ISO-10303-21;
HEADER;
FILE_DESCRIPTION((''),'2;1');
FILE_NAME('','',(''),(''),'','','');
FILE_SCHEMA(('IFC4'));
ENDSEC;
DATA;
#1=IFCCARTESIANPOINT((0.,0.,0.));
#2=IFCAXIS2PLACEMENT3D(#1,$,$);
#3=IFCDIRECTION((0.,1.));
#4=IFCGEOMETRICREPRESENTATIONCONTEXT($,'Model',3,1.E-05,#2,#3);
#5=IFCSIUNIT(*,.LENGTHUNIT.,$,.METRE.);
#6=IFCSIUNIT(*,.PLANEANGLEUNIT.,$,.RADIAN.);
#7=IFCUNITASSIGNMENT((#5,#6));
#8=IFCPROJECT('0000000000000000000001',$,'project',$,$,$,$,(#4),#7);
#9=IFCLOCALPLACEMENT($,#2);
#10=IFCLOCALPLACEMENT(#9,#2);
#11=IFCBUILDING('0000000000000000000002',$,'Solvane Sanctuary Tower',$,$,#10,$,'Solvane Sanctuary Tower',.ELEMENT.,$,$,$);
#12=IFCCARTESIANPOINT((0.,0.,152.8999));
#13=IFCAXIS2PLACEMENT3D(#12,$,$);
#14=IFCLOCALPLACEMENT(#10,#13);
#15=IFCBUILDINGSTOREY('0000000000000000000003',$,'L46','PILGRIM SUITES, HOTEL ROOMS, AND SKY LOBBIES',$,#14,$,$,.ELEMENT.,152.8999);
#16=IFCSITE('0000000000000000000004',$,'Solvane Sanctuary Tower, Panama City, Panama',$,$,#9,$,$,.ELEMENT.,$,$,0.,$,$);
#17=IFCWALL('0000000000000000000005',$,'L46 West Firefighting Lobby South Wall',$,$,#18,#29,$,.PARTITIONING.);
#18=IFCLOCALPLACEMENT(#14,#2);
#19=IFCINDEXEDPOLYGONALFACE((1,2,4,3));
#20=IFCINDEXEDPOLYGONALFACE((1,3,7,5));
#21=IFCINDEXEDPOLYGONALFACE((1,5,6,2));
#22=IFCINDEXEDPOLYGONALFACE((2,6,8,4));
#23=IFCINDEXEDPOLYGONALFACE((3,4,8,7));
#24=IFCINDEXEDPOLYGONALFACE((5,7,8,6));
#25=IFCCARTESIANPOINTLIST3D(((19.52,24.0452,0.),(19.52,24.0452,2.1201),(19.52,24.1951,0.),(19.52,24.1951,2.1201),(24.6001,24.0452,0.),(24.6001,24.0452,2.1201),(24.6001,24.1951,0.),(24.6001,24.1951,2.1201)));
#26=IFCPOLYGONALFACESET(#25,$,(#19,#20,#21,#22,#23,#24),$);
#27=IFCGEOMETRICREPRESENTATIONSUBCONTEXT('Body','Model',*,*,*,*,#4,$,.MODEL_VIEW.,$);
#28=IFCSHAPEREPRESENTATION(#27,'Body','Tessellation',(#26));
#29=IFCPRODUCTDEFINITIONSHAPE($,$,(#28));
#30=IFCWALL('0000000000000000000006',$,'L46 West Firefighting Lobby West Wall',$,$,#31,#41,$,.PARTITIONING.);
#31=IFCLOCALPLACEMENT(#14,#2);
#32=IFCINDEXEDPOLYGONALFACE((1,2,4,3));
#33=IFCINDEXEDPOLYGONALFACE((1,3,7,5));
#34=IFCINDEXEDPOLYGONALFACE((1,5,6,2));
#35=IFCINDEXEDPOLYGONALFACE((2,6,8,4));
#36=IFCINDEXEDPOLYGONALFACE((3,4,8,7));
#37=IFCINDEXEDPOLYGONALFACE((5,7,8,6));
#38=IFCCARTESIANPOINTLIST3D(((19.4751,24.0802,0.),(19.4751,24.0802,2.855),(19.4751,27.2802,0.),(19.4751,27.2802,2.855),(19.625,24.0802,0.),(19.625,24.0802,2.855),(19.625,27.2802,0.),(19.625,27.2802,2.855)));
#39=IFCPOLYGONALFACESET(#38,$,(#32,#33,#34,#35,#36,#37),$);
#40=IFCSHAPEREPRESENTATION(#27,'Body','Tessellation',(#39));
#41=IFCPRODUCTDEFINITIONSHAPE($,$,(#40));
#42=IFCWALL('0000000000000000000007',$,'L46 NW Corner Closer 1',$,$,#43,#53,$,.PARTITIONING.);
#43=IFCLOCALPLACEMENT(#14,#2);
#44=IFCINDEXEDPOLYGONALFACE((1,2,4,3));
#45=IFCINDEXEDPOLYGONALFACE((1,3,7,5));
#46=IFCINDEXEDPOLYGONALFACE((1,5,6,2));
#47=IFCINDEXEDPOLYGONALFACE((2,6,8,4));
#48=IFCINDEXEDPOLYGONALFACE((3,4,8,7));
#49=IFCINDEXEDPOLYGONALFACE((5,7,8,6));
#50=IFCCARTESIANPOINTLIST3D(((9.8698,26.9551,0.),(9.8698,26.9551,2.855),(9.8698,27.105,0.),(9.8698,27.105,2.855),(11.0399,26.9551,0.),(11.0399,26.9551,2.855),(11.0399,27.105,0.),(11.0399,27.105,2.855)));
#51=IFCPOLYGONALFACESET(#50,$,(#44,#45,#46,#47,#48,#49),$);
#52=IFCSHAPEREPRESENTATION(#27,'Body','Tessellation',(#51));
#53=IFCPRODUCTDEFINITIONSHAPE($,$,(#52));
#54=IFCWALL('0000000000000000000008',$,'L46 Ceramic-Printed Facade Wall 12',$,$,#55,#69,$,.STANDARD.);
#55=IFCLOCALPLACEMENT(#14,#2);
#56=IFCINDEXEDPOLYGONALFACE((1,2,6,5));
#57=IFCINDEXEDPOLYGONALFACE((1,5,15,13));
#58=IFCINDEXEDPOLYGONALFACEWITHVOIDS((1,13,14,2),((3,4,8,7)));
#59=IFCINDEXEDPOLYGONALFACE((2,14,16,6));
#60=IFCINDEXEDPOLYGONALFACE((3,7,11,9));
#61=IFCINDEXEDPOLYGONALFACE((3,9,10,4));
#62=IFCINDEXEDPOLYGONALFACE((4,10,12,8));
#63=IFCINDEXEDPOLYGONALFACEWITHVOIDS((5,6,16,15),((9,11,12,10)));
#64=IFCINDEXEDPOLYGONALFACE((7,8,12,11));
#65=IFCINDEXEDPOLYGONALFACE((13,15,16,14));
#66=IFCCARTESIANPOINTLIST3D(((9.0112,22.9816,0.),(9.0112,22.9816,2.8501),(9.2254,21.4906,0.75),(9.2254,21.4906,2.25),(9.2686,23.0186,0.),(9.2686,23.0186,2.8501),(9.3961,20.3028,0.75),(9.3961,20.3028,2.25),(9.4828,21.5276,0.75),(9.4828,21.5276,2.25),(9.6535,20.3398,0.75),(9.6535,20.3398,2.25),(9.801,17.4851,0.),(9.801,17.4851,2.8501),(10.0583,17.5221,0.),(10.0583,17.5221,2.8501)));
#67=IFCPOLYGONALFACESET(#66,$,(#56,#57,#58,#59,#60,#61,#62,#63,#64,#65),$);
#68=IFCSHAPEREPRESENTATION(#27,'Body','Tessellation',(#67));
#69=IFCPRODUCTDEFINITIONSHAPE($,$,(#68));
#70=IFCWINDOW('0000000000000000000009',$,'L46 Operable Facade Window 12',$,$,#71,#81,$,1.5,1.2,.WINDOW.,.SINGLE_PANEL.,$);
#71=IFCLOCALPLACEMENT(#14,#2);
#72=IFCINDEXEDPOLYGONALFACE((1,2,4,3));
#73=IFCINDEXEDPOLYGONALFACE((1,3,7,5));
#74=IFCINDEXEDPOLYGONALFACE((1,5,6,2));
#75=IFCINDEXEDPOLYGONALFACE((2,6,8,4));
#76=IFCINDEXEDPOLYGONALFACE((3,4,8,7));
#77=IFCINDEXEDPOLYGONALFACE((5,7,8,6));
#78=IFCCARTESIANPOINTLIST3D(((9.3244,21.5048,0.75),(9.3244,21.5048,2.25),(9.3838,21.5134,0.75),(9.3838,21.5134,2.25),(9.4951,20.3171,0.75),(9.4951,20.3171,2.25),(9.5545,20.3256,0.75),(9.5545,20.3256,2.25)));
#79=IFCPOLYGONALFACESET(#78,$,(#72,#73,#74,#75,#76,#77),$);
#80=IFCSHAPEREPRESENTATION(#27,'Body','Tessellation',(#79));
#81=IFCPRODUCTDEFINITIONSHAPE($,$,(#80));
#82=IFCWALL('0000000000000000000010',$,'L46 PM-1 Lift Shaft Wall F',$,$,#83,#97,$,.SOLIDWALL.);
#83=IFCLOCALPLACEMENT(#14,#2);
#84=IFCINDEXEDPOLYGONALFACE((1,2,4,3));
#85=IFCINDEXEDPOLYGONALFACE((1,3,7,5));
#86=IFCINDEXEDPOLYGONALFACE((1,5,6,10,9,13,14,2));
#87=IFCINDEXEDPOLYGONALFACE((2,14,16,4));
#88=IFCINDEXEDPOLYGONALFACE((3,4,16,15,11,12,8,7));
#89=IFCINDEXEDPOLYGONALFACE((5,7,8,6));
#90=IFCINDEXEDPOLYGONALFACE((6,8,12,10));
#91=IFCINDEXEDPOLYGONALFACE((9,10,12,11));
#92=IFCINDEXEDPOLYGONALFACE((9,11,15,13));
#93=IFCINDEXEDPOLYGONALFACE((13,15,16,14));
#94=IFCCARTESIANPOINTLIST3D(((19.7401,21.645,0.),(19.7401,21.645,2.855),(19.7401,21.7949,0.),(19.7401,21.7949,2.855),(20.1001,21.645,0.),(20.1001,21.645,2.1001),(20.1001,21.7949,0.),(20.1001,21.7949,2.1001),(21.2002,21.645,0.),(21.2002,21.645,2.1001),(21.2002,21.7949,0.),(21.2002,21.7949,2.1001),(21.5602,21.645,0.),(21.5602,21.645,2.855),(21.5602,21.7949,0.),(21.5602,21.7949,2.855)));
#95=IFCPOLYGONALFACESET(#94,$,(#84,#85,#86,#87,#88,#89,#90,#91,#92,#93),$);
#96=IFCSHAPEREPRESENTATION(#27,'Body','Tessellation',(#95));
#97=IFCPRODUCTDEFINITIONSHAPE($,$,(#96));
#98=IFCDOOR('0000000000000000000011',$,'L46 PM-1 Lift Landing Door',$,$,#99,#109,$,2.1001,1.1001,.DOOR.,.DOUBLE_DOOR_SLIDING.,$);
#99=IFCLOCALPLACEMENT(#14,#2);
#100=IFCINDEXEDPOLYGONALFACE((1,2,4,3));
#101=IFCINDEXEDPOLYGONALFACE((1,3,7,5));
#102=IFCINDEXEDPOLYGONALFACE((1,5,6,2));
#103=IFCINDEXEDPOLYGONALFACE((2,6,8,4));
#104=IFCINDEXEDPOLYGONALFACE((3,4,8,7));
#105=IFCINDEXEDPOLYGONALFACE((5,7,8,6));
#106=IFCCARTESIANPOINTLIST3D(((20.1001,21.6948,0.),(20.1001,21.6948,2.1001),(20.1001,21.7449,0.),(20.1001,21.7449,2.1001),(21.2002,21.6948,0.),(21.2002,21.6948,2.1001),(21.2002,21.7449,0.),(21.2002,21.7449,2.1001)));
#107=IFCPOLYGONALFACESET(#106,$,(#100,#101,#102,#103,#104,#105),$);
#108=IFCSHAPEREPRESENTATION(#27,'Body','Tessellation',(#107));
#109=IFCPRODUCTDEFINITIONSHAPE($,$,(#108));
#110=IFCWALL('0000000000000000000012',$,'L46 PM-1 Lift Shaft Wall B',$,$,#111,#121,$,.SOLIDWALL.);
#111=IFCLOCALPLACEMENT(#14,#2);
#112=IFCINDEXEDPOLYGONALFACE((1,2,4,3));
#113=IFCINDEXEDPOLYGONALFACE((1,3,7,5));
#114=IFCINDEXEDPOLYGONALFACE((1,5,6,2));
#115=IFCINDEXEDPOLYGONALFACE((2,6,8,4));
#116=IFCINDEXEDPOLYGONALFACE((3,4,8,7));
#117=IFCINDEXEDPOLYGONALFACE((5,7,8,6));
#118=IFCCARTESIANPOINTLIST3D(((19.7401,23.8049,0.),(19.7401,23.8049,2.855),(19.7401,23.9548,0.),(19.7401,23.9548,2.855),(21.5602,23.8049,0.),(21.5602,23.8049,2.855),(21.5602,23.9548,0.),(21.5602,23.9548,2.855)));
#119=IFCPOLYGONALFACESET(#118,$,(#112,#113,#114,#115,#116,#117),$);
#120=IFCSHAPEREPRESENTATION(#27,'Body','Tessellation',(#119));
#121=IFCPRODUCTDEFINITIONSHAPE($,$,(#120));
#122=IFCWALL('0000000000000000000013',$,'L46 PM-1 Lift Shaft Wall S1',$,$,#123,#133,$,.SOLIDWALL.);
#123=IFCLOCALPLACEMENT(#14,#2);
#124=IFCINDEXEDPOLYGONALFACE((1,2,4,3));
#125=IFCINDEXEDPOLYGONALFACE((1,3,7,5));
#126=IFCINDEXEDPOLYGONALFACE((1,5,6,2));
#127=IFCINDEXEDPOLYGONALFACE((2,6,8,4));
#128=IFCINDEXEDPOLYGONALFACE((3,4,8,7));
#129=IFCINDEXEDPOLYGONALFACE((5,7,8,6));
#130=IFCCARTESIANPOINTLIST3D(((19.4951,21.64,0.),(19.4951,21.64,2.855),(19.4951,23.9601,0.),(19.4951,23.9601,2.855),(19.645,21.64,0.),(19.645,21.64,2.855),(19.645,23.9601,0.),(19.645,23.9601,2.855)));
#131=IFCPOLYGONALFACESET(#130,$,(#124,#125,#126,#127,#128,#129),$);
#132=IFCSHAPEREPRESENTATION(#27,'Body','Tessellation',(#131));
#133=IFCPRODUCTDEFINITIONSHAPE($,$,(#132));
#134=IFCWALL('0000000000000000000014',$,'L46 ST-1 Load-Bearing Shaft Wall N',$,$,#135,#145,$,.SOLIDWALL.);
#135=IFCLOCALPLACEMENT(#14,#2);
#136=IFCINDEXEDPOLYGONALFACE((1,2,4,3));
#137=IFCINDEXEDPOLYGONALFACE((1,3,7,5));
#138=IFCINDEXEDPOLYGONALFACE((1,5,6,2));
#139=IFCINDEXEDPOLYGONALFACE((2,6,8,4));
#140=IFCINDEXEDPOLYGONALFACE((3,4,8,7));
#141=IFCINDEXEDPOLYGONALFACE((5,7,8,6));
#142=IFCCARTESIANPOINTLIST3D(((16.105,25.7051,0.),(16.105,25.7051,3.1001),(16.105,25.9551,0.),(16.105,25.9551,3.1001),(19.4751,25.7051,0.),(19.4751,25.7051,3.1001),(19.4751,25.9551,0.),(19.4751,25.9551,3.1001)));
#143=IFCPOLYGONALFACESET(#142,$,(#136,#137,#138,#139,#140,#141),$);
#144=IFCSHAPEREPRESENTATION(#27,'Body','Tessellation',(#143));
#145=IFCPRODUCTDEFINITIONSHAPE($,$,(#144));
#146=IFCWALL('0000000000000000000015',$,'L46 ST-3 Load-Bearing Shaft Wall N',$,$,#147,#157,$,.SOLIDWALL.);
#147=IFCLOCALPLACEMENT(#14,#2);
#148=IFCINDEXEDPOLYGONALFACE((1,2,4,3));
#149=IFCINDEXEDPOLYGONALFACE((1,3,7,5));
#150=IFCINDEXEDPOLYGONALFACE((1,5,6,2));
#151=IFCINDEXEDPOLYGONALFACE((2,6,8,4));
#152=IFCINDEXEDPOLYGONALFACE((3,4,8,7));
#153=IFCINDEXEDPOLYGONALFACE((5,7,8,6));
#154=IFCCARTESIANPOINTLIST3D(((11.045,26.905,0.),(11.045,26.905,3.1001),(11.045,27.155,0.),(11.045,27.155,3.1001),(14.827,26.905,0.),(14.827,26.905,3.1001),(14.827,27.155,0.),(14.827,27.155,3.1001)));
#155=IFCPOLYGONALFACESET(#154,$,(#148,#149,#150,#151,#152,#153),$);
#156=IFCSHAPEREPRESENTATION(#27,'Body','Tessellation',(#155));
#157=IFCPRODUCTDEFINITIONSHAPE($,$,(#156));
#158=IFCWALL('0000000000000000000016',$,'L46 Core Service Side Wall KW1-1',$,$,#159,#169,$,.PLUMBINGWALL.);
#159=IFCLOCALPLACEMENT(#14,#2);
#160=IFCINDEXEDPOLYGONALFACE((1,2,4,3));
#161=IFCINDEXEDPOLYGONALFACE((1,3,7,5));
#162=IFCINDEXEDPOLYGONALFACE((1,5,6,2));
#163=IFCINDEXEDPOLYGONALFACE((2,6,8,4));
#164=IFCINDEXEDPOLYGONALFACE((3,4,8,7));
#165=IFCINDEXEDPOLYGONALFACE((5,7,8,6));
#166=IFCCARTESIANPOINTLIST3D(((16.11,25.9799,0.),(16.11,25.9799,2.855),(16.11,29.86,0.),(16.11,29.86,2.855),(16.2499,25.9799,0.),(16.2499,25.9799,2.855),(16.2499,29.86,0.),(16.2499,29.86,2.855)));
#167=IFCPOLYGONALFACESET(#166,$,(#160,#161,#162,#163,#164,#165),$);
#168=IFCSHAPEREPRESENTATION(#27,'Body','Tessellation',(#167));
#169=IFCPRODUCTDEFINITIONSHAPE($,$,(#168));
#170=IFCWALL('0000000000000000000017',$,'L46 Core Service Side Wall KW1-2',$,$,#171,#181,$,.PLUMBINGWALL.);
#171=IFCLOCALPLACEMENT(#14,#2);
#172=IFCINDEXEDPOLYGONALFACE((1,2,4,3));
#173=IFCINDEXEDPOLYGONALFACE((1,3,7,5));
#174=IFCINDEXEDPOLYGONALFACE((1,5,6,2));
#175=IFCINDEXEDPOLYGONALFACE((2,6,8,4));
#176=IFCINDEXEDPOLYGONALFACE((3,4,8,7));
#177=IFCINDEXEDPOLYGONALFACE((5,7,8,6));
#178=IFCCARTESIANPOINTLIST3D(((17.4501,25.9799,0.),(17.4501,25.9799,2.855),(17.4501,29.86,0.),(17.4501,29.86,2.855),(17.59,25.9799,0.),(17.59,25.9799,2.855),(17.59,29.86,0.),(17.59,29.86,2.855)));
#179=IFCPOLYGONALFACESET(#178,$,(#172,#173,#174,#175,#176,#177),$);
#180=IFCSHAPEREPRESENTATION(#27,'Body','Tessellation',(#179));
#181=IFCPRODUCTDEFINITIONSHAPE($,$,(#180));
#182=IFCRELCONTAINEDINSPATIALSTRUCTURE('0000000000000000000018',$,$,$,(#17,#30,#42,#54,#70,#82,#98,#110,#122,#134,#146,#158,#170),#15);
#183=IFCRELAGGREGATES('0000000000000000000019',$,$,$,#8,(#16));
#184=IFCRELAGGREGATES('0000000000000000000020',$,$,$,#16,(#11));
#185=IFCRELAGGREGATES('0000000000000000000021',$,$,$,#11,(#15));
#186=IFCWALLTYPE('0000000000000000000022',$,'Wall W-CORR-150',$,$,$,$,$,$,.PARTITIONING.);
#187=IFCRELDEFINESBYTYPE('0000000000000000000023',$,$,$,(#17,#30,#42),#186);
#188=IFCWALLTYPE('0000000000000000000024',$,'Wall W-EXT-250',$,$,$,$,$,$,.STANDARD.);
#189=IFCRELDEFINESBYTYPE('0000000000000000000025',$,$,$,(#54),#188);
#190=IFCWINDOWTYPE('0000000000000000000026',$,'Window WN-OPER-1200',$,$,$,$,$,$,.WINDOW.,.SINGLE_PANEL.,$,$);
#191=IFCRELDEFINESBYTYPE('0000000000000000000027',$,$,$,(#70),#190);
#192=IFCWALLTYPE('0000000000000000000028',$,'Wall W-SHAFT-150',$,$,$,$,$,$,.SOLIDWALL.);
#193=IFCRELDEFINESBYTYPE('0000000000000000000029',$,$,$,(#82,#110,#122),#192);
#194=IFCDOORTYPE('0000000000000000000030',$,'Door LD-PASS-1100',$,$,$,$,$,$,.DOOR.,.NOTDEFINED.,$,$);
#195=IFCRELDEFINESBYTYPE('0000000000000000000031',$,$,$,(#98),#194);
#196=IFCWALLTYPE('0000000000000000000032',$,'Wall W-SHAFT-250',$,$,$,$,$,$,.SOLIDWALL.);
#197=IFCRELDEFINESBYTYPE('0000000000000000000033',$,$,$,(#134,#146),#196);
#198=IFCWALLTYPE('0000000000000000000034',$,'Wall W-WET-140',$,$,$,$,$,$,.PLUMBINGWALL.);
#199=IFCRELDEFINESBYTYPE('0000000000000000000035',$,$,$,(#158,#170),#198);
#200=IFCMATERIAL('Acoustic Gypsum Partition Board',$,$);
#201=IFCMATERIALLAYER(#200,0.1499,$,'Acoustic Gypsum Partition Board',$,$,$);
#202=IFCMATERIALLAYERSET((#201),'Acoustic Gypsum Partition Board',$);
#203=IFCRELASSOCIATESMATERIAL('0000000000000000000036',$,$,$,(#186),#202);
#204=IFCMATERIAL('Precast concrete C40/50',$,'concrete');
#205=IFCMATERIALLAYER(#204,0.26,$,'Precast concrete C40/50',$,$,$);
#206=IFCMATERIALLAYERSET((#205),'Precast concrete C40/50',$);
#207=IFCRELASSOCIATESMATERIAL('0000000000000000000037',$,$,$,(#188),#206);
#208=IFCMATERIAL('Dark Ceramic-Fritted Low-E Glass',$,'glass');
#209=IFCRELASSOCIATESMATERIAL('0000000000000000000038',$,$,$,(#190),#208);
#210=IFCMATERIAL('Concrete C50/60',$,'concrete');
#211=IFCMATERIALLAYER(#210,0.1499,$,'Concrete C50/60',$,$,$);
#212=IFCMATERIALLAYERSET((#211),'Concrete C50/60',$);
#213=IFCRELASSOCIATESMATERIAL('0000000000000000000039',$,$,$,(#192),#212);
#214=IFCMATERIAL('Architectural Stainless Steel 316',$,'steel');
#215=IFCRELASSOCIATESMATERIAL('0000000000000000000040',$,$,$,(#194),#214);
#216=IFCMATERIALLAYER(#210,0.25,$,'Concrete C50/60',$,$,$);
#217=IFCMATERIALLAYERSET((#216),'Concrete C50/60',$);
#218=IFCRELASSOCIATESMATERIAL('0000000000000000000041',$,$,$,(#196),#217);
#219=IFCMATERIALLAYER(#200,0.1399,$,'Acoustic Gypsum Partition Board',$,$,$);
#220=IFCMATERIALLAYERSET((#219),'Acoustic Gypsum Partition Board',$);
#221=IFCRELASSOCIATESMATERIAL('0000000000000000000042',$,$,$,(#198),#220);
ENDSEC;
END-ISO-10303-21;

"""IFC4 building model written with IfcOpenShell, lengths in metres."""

from ifc_helpers import new_model, si_unit, direction, frame, frame_2d, origin, place, context, subcontext, project, spatial, rectangle, extrude, material, layer, layer_set, type_object, element, fill, save


model = new_model("IFC4")

# Units and contexts
model_context = context("Model", 3, precision=1e-05, world=origin(), true_north=direction((0.0, 1.0)))
body_context = subcontext(model_context, "Body", "Model", "MODEL_VIEW")
ifc_project = project(units=[si_unit("LENGTHUNIT", "METRE"), si_unit("PLANEANGLEUNIT", "RADIAN")], contexts=[model_context])

# Site, building, storey
site_placement = place(None, origin())
site = spatial("IfcSite", under=ifc_project, at=site_placement, Name="Solvane Sanctuary Tower, Panama City, Panama", CompositionType="ELEMENT", RefElevation=0.0)
building_placement = place(site_placement, origin())
building = spatial("IfcBuilding", under=site, at=building_placement, Name="Solvane Sanctuary Tower", LongName="Solvane Sanctuary Tower", CompositionType="ELEMENT")
storey_placement = place(building_placement, frame((0.0, 0.0, 152.8999)))
storey = spatial("IfcBuildingStorey", under=building, at=storey_placement, Name="L46", Description="PILGRIM SUITES, HOTEL ROOMS, AND SKY LOBBIES", CompositionType="ELEMENT", Elevation=152.8999)

# Walls
ifc_material_1 = material(Name="Acoustic Gypsum Partition Board")
ifc_layer_1 = layer(ifc_material_1, 0.1499, Name="Acoustic Gypsum Partition Board")
ifc_layer_set_1 = layer_set([ifc_layer_1], Name="Acoustic Gypsum Partition Board")
wall_type_1 = type_object("IfcWallType", Name="Wall W-CORR-150", PredefinedType="PARTITIONING", material=ifc_layer_set_1)
wall_1_placement = place(storey_placement, frame((19.52, 24.1201, 0.0), z_axis=(0.0, 0.0, 1.0), x_axis=(1.0, 0.0, 0.0)))
element("IfcWall", 1, at=wall_1_placement, inside=storey, type_object=wall_type_1, Name="L46 West Firefighting Lobby South Wall", PredefinedType="PARTITIONING", context=body_context, shape_type="SweptSolid", body=[
    extrude(rectangle(XDim=5.0801, YDim=0.1499, at=frame_2d((2.54, 0.0))), origin(), (0.0, 0.0, 1.0), 2.1201),
])
wall_2_placement = place(storey_placement, frame((19.55, 24.0801, 0.0), z_axis=(0.0, 0.0, 1.0), x_axis=(0.0, 1.0, 0.0)))
element("IfcWall", 2, at=wall_2_placement, inside=storey, type_object=wall_type_1, Name="L46 West Firefighting Lobby West Wall", PredefinedType="PARTITIONING", context=body_context, shape_type="SweptSolid", body=[
    extrude(rectangle(XDim=3.2, YDim=0.1499, at=frame_2d((1.6001, 0.0))), origin(), (0.0, 0.0, 1.0), 2.855),
])
wall_3_placement = place(storey_placement, frame((9.8699, 27.03, 0.0), z_axis=(0.0, 0.0, 1.0), x_axis=(1.0, 0.0, 0.0)))
element("IfcWall", 3, at=wall_3_placement, inside=storey, type_object=wall_type_1, Name="L46 NW Corner Closer 1", PredefinedType="PARTITIONING", context=body_context, shape_type="SweptSolid", body=[
    extrude(rectangle(XDim=1.1702, YDim=0.1499, at=frame_2d((0.585, 0.0))), origin(), (0.0, 0.0, 1.0), 2.855),
])

# Wall, opening, window
ifc_material_2 = material(Name="Precast concrete C40/50", Category="concrete")
ifc_layer_2 = layer(ifc_material_2, 0.26, Name="Precast concrete C40/50")
ifc_layer_set_2 = layer_set([ifc_layer_2], Name="Precast concrete C40/50")
wall_type_2 = type_object("IfcWallType", Name="Wall W-EXT-250", PredefinedType="STANDARD", material=ifc_layer_set_2)
wall_4_placement = place(storey_placement, frame((9.1399, 23.0, 0.0), z_axis=(0.0, 0.0, 1.0), x_axis=(0.142228, -0.989834, 0.0)))
wall_4 = element("IfcWall", 4, at=wall_4_placement, inside=storey, type_object=wall_type_2, Name="L46 Ceramic-Printed Facade Wall 12", PredefinedType="STANDARD", context=body_context, shape_type="SweptSolid", body=[
    extrude(rectangle(XDim=5.553, YDim=0.26, at=frame_2d((2.7764, 0.0))), origin(), (0.0, 0.0, 1.0), 2.8501),
])
opening_1_placement = place(wall_4_placement, frame((1.5061, 0.0, 0.75)))
opening_1 = element("IfcOpeningElement", 5, at=opening_1_placement, cuts=wall_4, PredefinedType="OPENING", context=body_context, shape_type="SweptSolid", body=[
    extrude(rectangle(XDim=1.2, YDim=1.5, at=frame_2d((0.6001, 0.75))), frame((0.0, 0.1399, 0.0), z_axis=(0.0, -1.0, 0.0), x_axis=(1.0, 0.0, 0.0)), (0.0, 0.0, 1.0), 0.28),
])
ifc_material_3 = material(Name="Dark Ceramic-Fritted Low-E Glass", Category="glass")
window_type = type_object("IfcWindowType", Name="Window WN-OPER-1200", PartitioningType="SINGLE_PANEL", PredefinedType="WINDOW", material=ifc_material_3)
window_placement = place(opening_1_placement, origin())
window = element("IfcWindow", 6, at=window_placement, inside=storey, type_object=window_type, Name="L46 Operable Facade Window 12", OverallHeight=1.5, OverallWidth=1.2, PartitioningType="SINGLE_PANEL", PredefinedType="WINDOW", context=body_context, shape_type="SweptSolid", body=[
    extrude(rectangle(XDim=1.2, YDim=1.5, at=frame_2d((0.6001, 0.75))), frame((0.0, 0.03, 0.0), z_axis=(0.0, -1.0, 0.0), x_axis=(1.0, 0.0, 0.0)), (0.0, 0.0, 1.0), 0.0601),
])
fill(opening_1, window)

# Wall, opening, door
ifc_material_4 = material(Name="Concrete C50/60", Category="concrete")
ifc_layer_3 = layer(ifc_material_4, 0.1499, Name="Concrete C50/60")
ifc_layer_set_3 = layer_set([ifc_layer_3], Name="Concrete C50/60")
wall_type_3 = type_object("IfcWallType", Name="Wall W-SHAFT-150", PredefinedType="SOLIDWALL", material=ifc_layer_set_3)
wall_5_placement = place(storey_placement, frame((19.74, 21.72, 0.0), z_axis=(0.0, 0.0, 1.0), x_axis=(1.0, 0.0, 0.0)))
wall_5 = element("IfcWall", 7, at=wall_5_placement, inside=storey, type_object=wall_type_3, Name="L46 PM-1 Lift Shaft Wall F", PredefinedType="SOLIDWALL", context=body_context, shape_type="SweptSolid", body=[
    extrude(rectangle(XDim=1.8201, YDim=0.1499, at=frame_2d((0.9102, 0.0))), origin(), (0.0, 0.0, 1.0), 2.855),
])
opening_2_placement = place(wall_5_placement, frame((0.3601, 0.0, 0.0)))
opening_2 = element("IfcOpeningElement", 8, at=opening_2_placement, cuts=wall_5, PredefinedType="OPENING", context=body_context, shape_type="SweptSolid", body=[
    extrude(rectangle(XDim=1.1001, YDim=2.1001, at=frame_2d((0.55, 1.05))), frame((0.0, 0.085, 0.0), z_axis=(0.0, -1.0, 0.0), x_axis=(1.0, 0.0, 0.0)), (0.0, 0.0, 1.0), 0.1699),
])
ifc_material_5 = material(Name="Architectural Stainless Steel 316", Category="steel")
door_type = type_object("IfcDoorType", Name="Door LD-PASS-1100", OperationType="NOTDEFINED", PredefinedType="DOOR", material=ifc_material_5)
door_placement = place(opening_2_placement, origin())
door = element("IfcDoor", 9, at=door_placement, inside=storey, type_object=door_type, Name="L46 PM-1 Lift Landing Door", OperationType="DOUBLE_DOOR_SLIDING", OverallHeight=2.1001, OverallWidth=1.1001, PredefinedType="DOOR", context=body_context, shape_type="SweptSolid", body=[
    extrude(rectangle(XDim=1.1001, YDim=2.1001, at=frame_2d((0.55, 1.05))), frame((0.0, 0.0249, 0.0), z_axis=(0.0, -1.0, 0.0), x_axis=(1.0, 0.0, 0.0)), (0.0, 0.0, 1.0), 0.05),
])
fill(opening_2, door)

# Walls
wall_6_placement = place(storey_placement, frame((19.74, 23.8799, 0.0), z_axis=(0.0, 0.0, 1.0), x_axis=(1.0, 0.0, 0.0)))
element("IfcWall", 10, at=wall_6_placement, inside=storey, type_object=wall_type_3, Name="L46 PM-1 Lift Shaft Wall B", PredefinedType="SOLIDWALL", context=body_context, shape_type="SweptSolid", body=[
    extrude(rectangle(XDim=1.8201, YDim=0.1499, at=frame_2d((0.9102, 0.0))), origin(), (0.0, 0.0, 1.0), 2.855),
])
wall_7_placement = place(storey_placement, frame((19.5701, 21.6399, 0.0), z_axis=(0.0, 0.0, 1.0), x_axis=(0.0, 1.0, 0.0)))
element("IfcWall", 11, at=wall_7_placement, inside=storey, type_object=wall_type_3, Name="L46 PM-1 Lift Shaft Wall S1", PredefinedType="SOLIDWALL", context=body_context, shape_type="SweptSolid", body=[
    extrude(rectangle(XDim=2.3201, YDim=0.1499, at=frame_2d((1.1602, 0.0))), origin(), (0.0, 0.0, 1.0), 2.855),
])
ifc_layer_4 = layer(ifc_material_4, 0.25, Name="Concrete C50/60")
ifc_layer_set_4 = layer_set([ifc_layer_4], Name="Concrete C50/60")
wall_type_4 = type_object("IfcWallType", Name="Wall W-SHAFT-250", PredefinedType="SOLIDWALL", material=ifc_layer_set_4)
wall_8_placement = place(storey_placement, frame((16.105, 25.8301, 0.0), z_axis=(0.0, 0.0, 1.0), x_axis=(1.0, 0.0, 0.0)))
element("IfcWall", 12, at=wall_8_placement, inside=storey, type_object=wall_type_4, Name="L46 ST-1 Load-Bearing Shaft Wall N", PredefinedType="SOLIDWALL", context=body_context, shape_type="SweptSolid", body=[
    extrude(rectangle(XDim=3.3701, YDim=0.25, at=frame_2d((1.6851, 0.0))), origin(), (0.0, 0.0, 1.0), 3.1001),
])
wall_9_placement = place(storey_placement, frame((11.0449, 27.03, 0.0), z_axis=(0.0, 0.0, 1.0), x_axis=(1.0, 0.0, 0.0)))
element("IfcWall", 13, at=wall_9_placement, inside=storey, type_object=wall_type_4, Name="L46 ST-3 Load-Bearing Shaft Wall N", PredefinedType="SOLIDWALL", context=body_context, shape_type="SweptSolid", body=[
    extrude(rectangle(XDim=3.782, YDim=0.25, at=frame_2d((1.8911, 0.0))), origin(), (0.0, 0.0, 1.0), 3.1001),
])
ifc_layer_5 = layer(ifc_material_1, 0.1399, Name="Acoustic Gypsum Partition Board")
ifc_layer_set_5 = layer_set([ifc_layer_5], Name="Acoustic Gypsum Partition Board")
wall_type_5 = type_object("IfcWallType", Name="Wall W-WET-140", PredefinedType="PLUMBINGWALL", material=ifc_layer_set_5)
for number, where, z_axis, x_axis, name in (
    (14, (16.1799, 25.98, 0.0), (0.0, 0.0, 1.0), (0.0, 1.0, 0.0), "L46 Core Service Side Wall KW1-1"),
    (15, (17.52, 25.98, 0.0), (0.0, 0.0, 1.0), (0.0, 1.0, 0.0), "L46 Core Service Side Wall KW1-2"),
):
    element("IfcWall", number, at=place(storey_placement, frame(where, z_axis=z_axis, x_axis=x_axis)), inside=storey, type_object=wall_type_5, Name=name, PredefinedType="PLUMBINGWALL", context=body_context, shape_type="SweptSolid", body=[
        extrude(rectangle(XDim=3.8801, YDim=0.1399, at=frame_2d((1.9399, 0.0))), origin(), (0.0, 0.0, 1.0), 2.855),
    ])

save(model, "model.ifc")
